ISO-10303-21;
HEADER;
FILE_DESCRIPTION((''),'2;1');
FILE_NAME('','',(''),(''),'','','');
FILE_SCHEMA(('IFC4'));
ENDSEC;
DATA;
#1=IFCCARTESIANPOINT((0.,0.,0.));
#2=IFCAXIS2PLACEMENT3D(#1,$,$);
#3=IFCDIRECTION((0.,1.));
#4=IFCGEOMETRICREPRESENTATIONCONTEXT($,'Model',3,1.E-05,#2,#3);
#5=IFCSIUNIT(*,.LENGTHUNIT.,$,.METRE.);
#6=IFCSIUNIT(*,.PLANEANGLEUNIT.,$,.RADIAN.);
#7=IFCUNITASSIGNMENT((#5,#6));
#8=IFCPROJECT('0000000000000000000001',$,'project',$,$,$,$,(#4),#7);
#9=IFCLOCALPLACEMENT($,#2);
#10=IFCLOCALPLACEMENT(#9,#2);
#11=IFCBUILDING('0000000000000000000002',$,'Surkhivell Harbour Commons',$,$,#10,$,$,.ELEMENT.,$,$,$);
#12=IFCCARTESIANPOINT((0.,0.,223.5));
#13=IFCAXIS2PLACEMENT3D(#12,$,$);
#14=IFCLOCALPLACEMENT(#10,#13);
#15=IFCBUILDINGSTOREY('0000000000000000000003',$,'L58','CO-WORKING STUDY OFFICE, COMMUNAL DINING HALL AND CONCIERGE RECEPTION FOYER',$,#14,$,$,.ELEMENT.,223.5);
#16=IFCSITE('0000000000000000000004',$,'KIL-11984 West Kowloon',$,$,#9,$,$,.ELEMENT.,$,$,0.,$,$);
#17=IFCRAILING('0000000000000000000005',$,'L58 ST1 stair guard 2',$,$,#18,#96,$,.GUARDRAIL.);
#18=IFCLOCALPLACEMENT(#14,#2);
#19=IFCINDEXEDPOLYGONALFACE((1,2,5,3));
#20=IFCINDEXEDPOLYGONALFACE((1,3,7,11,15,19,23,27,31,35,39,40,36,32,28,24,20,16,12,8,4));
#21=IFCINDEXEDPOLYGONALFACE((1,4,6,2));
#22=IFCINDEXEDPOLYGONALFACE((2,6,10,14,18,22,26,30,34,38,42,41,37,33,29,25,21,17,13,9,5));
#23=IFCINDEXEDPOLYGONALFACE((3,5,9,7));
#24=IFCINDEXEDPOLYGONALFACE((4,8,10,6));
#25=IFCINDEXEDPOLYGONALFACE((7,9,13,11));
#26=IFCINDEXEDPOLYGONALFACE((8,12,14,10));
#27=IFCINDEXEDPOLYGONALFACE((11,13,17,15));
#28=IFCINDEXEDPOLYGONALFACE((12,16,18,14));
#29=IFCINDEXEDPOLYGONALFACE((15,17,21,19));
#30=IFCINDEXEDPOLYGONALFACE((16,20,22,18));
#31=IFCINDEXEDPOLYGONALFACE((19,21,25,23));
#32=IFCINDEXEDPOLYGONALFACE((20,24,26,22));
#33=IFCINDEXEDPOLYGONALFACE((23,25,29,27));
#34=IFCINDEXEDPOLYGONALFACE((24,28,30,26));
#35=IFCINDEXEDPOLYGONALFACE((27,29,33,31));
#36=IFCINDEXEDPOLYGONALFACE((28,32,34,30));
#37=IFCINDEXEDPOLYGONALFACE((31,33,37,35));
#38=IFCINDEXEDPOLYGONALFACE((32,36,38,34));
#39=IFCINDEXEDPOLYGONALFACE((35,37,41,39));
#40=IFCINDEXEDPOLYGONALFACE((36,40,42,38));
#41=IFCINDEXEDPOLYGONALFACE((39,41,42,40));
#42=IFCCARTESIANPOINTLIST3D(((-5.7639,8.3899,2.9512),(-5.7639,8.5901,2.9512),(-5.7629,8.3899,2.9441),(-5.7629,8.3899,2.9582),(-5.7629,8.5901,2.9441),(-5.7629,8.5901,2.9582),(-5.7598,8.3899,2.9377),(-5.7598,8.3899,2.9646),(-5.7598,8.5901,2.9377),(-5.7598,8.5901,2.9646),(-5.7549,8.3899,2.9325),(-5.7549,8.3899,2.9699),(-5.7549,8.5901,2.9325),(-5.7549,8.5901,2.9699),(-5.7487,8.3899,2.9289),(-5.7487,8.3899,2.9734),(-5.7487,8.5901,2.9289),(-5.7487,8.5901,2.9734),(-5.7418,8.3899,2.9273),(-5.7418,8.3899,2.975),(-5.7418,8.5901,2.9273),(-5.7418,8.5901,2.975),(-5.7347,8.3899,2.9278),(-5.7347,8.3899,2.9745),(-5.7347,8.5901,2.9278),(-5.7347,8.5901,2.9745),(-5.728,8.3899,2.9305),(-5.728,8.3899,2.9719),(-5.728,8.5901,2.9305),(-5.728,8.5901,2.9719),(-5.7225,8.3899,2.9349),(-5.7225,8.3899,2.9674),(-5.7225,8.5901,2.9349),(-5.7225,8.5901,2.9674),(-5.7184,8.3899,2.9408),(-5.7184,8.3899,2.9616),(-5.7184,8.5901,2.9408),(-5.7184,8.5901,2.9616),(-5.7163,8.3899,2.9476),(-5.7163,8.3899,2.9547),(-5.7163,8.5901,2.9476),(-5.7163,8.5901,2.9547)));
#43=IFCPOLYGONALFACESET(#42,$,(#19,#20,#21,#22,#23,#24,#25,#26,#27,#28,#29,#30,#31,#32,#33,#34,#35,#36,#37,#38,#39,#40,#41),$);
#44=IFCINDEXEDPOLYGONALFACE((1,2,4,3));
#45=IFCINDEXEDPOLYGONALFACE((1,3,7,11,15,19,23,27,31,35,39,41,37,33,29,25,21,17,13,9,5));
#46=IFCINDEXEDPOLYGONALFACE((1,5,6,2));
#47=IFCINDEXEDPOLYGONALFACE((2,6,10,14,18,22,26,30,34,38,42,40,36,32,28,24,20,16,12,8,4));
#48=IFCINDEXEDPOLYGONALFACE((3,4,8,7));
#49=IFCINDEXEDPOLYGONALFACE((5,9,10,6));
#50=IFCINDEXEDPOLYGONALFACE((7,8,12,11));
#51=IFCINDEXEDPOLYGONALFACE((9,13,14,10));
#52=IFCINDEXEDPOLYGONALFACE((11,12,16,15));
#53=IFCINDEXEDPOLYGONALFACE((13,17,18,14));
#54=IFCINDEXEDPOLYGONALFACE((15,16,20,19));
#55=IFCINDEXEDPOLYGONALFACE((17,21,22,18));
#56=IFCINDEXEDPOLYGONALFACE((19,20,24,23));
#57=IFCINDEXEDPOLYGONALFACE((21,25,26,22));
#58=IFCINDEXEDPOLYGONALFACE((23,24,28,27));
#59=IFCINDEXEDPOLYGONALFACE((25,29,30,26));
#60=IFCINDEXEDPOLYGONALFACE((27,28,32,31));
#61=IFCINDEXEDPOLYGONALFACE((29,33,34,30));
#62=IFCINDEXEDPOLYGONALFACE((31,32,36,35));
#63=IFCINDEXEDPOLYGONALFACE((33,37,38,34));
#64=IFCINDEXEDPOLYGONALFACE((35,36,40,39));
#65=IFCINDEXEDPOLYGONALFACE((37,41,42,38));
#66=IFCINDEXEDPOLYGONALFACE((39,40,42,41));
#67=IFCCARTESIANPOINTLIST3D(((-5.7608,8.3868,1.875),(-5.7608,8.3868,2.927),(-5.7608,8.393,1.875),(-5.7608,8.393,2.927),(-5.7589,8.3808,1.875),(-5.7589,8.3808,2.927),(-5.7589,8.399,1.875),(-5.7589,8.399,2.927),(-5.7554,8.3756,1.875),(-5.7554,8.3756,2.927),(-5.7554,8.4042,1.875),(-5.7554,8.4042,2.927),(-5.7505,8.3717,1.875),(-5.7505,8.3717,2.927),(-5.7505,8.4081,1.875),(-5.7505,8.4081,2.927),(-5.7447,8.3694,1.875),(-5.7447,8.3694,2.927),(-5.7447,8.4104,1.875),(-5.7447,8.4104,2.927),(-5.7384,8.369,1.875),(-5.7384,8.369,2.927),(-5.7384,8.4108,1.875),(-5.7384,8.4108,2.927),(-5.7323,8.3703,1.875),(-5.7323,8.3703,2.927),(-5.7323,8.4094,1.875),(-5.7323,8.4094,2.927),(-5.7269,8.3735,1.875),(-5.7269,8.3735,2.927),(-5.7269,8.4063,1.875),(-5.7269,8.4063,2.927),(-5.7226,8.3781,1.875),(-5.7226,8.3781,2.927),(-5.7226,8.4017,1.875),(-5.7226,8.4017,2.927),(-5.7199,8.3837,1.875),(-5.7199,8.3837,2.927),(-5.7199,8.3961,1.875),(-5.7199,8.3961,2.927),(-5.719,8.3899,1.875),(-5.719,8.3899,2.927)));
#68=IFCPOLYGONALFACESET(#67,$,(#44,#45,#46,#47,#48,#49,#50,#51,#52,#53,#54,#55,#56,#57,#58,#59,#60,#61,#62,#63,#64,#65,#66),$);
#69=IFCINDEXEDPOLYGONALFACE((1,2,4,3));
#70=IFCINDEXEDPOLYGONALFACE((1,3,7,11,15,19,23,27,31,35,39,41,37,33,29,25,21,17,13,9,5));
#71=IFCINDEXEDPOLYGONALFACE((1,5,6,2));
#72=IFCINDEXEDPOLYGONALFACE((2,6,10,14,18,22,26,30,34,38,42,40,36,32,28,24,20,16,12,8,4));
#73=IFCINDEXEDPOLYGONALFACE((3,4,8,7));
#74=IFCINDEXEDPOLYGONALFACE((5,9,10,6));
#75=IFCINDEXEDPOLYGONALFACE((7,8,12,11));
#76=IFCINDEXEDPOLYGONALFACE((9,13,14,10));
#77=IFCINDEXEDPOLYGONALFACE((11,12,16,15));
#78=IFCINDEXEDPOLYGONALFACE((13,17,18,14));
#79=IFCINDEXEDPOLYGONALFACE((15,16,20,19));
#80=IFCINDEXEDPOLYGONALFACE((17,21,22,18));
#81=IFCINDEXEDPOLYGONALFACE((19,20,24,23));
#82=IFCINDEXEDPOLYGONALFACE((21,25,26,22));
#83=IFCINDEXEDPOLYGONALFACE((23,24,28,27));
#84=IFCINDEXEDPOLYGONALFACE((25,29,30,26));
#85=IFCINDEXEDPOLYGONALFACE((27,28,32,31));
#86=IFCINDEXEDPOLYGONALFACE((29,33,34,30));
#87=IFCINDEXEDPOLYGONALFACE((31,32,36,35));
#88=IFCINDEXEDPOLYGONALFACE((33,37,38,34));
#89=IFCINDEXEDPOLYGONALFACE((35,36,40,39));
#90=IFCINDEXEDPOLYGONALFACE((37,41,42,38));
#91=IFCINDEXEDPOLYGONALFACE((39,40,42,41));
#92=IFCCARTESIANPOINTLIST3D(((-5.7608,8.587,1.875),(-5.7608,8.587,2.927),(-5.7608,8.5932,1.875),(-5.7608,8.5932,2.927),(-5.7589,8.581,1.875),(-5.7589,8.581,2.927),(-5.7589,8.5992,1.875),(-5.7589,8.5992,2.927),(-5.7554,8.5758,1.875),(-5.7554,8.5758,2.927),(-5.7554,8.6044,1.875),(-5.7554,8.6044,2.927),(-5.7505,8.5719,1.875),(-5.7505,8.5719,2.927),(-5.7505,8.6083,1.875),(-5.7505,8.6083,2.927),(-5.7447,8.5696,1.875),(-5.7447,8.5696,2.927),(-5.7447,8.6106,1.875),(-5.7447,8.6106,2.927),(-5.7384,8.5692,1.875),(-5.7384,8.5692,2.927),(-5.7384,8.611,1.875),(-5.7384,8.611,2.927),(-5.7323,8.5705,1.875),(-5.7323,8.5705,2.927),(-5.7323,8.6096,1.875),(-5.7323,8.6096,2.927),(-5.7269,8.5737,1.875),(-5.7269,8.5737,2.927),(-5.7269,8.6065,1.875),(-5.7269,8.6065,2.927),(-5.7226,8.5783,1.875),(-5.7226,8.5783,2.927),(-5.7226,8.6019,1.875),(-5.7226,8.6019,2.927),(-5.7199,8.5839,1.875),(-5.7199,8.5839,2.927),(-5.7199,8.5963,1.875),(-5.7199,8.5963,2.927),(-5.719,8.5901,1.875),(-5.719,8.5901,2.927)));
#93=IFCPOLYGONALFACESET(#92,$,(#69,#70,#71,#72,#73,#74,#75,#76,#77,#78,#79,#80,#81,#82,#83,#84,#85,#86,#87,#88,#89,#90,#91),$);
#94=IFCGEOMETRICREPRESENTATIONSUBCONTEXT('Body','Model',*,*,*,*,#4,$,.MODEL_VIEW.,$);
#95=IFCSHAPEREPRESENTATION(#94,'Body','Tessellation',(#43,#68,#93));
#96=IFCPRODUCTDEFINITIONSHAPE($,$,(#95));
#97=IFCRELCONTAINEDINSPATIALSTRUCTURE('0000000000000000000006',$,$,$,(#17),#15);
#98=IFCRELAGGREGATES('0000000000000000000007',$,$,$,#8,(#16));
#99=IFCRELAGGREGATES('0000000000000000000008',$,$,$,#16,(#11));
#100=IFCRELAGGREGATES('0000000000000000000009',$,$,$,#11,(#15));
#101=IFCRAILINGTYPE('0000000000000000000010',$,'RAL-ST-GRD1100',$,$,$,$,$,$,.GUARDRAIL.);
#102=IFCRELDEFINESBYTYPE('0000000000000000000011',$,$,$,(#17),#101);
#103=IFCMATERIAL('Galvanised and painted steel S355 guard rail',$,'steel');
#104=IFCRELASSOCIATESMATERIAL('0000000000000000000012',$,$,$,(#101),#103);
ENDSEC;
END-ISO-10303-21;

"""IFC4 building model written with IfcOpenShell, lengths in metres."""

from ifc_helpers import new_model, si_unit, direction, frame, origin, origin_2d, place, context, subcontext, project, spatial, circle, extrude, material, type_object, element, save


model = new_model("IFC4")

# Units and contexts
model_context = context("Model", 3, precision=1e-05, world=origin(), true_north=direction((0.0, 1.0)))
body_context = subcontext(model_context, "Body", "Model", "MODEL_VIEW")
ifc_project = project(units=[si_unit("LENGTHUNIT", "METRE"), si_unit("PLANEANGLEUNIT", "RADIAN")], contexts=[model_context])

# Site, building, storey
site_placement = place(None, origin())
site = spatial("IfcSite", under=ifc_project, at=site_placement, Name="KIL-11984 West Kowloon", CompositionType="ELEMENT", RefElevation=0.0)
building_placement = place(site_placement, origin())
building = spatial("IfcBuilding", under=site, at=building_placement, Name="Surkhivell Harbour Commons", CompositionType="ELEMENT")
storey_placement = place(building_placement, frame((0.0, 0.0, 223.5)))
storey = spatial("IfcBuildingStorey", under=building, at=storey_placement, Name="L58", Description="CO-WORKING STUDY OFFICE, COMMUNAL DINING HALL AND CONCIERGE RECEPTION FOYER", CompositionType="ELEMENT", Elevation=223.5)

# Railing
ifc_material_1 = material(Name="Galvanised and painted steel S355 guard rail", Category="steel")
railing_type_1 = type_object("IfcRailingType", Name="RAL-ST-GRD1100", PredefinedType="GUARDRAIL", material=ifc_material_1)
railing_1_placement = place(storey_placement, frame((-5.74, 8.3899, 1.875)))
element("IfcRailing", 1, at=railing_1_placement, inside=storey, type_object=railing_type_1, Name="L58 ST1 stair guard 2", PredefinedType="GUARDRAIL", context=body_context, shape_type="SweptSolid", body=[
    extrude(circle(Radius=0.0239, at=origin_2d()), frame((0.0, 0.0, 1.0762), z_axis=(0.0, 1.0, 0.0), x_axis=(-1.0, 0.0, 0.0)), (0.0, 0.0, 1.0), 0.2002),
    extrude(circle(Radius=0.021, at=origin_2d()), origin(), (0.0, 0.0, 1.0), 1.052),
    extrude(circle(Radius=0.021, at=origin_2d()), frame((0.0, 0.2002, 0.0)), (0.0, 0.0, 1.0), 1.052),
])

save(model, "model.ifc")
